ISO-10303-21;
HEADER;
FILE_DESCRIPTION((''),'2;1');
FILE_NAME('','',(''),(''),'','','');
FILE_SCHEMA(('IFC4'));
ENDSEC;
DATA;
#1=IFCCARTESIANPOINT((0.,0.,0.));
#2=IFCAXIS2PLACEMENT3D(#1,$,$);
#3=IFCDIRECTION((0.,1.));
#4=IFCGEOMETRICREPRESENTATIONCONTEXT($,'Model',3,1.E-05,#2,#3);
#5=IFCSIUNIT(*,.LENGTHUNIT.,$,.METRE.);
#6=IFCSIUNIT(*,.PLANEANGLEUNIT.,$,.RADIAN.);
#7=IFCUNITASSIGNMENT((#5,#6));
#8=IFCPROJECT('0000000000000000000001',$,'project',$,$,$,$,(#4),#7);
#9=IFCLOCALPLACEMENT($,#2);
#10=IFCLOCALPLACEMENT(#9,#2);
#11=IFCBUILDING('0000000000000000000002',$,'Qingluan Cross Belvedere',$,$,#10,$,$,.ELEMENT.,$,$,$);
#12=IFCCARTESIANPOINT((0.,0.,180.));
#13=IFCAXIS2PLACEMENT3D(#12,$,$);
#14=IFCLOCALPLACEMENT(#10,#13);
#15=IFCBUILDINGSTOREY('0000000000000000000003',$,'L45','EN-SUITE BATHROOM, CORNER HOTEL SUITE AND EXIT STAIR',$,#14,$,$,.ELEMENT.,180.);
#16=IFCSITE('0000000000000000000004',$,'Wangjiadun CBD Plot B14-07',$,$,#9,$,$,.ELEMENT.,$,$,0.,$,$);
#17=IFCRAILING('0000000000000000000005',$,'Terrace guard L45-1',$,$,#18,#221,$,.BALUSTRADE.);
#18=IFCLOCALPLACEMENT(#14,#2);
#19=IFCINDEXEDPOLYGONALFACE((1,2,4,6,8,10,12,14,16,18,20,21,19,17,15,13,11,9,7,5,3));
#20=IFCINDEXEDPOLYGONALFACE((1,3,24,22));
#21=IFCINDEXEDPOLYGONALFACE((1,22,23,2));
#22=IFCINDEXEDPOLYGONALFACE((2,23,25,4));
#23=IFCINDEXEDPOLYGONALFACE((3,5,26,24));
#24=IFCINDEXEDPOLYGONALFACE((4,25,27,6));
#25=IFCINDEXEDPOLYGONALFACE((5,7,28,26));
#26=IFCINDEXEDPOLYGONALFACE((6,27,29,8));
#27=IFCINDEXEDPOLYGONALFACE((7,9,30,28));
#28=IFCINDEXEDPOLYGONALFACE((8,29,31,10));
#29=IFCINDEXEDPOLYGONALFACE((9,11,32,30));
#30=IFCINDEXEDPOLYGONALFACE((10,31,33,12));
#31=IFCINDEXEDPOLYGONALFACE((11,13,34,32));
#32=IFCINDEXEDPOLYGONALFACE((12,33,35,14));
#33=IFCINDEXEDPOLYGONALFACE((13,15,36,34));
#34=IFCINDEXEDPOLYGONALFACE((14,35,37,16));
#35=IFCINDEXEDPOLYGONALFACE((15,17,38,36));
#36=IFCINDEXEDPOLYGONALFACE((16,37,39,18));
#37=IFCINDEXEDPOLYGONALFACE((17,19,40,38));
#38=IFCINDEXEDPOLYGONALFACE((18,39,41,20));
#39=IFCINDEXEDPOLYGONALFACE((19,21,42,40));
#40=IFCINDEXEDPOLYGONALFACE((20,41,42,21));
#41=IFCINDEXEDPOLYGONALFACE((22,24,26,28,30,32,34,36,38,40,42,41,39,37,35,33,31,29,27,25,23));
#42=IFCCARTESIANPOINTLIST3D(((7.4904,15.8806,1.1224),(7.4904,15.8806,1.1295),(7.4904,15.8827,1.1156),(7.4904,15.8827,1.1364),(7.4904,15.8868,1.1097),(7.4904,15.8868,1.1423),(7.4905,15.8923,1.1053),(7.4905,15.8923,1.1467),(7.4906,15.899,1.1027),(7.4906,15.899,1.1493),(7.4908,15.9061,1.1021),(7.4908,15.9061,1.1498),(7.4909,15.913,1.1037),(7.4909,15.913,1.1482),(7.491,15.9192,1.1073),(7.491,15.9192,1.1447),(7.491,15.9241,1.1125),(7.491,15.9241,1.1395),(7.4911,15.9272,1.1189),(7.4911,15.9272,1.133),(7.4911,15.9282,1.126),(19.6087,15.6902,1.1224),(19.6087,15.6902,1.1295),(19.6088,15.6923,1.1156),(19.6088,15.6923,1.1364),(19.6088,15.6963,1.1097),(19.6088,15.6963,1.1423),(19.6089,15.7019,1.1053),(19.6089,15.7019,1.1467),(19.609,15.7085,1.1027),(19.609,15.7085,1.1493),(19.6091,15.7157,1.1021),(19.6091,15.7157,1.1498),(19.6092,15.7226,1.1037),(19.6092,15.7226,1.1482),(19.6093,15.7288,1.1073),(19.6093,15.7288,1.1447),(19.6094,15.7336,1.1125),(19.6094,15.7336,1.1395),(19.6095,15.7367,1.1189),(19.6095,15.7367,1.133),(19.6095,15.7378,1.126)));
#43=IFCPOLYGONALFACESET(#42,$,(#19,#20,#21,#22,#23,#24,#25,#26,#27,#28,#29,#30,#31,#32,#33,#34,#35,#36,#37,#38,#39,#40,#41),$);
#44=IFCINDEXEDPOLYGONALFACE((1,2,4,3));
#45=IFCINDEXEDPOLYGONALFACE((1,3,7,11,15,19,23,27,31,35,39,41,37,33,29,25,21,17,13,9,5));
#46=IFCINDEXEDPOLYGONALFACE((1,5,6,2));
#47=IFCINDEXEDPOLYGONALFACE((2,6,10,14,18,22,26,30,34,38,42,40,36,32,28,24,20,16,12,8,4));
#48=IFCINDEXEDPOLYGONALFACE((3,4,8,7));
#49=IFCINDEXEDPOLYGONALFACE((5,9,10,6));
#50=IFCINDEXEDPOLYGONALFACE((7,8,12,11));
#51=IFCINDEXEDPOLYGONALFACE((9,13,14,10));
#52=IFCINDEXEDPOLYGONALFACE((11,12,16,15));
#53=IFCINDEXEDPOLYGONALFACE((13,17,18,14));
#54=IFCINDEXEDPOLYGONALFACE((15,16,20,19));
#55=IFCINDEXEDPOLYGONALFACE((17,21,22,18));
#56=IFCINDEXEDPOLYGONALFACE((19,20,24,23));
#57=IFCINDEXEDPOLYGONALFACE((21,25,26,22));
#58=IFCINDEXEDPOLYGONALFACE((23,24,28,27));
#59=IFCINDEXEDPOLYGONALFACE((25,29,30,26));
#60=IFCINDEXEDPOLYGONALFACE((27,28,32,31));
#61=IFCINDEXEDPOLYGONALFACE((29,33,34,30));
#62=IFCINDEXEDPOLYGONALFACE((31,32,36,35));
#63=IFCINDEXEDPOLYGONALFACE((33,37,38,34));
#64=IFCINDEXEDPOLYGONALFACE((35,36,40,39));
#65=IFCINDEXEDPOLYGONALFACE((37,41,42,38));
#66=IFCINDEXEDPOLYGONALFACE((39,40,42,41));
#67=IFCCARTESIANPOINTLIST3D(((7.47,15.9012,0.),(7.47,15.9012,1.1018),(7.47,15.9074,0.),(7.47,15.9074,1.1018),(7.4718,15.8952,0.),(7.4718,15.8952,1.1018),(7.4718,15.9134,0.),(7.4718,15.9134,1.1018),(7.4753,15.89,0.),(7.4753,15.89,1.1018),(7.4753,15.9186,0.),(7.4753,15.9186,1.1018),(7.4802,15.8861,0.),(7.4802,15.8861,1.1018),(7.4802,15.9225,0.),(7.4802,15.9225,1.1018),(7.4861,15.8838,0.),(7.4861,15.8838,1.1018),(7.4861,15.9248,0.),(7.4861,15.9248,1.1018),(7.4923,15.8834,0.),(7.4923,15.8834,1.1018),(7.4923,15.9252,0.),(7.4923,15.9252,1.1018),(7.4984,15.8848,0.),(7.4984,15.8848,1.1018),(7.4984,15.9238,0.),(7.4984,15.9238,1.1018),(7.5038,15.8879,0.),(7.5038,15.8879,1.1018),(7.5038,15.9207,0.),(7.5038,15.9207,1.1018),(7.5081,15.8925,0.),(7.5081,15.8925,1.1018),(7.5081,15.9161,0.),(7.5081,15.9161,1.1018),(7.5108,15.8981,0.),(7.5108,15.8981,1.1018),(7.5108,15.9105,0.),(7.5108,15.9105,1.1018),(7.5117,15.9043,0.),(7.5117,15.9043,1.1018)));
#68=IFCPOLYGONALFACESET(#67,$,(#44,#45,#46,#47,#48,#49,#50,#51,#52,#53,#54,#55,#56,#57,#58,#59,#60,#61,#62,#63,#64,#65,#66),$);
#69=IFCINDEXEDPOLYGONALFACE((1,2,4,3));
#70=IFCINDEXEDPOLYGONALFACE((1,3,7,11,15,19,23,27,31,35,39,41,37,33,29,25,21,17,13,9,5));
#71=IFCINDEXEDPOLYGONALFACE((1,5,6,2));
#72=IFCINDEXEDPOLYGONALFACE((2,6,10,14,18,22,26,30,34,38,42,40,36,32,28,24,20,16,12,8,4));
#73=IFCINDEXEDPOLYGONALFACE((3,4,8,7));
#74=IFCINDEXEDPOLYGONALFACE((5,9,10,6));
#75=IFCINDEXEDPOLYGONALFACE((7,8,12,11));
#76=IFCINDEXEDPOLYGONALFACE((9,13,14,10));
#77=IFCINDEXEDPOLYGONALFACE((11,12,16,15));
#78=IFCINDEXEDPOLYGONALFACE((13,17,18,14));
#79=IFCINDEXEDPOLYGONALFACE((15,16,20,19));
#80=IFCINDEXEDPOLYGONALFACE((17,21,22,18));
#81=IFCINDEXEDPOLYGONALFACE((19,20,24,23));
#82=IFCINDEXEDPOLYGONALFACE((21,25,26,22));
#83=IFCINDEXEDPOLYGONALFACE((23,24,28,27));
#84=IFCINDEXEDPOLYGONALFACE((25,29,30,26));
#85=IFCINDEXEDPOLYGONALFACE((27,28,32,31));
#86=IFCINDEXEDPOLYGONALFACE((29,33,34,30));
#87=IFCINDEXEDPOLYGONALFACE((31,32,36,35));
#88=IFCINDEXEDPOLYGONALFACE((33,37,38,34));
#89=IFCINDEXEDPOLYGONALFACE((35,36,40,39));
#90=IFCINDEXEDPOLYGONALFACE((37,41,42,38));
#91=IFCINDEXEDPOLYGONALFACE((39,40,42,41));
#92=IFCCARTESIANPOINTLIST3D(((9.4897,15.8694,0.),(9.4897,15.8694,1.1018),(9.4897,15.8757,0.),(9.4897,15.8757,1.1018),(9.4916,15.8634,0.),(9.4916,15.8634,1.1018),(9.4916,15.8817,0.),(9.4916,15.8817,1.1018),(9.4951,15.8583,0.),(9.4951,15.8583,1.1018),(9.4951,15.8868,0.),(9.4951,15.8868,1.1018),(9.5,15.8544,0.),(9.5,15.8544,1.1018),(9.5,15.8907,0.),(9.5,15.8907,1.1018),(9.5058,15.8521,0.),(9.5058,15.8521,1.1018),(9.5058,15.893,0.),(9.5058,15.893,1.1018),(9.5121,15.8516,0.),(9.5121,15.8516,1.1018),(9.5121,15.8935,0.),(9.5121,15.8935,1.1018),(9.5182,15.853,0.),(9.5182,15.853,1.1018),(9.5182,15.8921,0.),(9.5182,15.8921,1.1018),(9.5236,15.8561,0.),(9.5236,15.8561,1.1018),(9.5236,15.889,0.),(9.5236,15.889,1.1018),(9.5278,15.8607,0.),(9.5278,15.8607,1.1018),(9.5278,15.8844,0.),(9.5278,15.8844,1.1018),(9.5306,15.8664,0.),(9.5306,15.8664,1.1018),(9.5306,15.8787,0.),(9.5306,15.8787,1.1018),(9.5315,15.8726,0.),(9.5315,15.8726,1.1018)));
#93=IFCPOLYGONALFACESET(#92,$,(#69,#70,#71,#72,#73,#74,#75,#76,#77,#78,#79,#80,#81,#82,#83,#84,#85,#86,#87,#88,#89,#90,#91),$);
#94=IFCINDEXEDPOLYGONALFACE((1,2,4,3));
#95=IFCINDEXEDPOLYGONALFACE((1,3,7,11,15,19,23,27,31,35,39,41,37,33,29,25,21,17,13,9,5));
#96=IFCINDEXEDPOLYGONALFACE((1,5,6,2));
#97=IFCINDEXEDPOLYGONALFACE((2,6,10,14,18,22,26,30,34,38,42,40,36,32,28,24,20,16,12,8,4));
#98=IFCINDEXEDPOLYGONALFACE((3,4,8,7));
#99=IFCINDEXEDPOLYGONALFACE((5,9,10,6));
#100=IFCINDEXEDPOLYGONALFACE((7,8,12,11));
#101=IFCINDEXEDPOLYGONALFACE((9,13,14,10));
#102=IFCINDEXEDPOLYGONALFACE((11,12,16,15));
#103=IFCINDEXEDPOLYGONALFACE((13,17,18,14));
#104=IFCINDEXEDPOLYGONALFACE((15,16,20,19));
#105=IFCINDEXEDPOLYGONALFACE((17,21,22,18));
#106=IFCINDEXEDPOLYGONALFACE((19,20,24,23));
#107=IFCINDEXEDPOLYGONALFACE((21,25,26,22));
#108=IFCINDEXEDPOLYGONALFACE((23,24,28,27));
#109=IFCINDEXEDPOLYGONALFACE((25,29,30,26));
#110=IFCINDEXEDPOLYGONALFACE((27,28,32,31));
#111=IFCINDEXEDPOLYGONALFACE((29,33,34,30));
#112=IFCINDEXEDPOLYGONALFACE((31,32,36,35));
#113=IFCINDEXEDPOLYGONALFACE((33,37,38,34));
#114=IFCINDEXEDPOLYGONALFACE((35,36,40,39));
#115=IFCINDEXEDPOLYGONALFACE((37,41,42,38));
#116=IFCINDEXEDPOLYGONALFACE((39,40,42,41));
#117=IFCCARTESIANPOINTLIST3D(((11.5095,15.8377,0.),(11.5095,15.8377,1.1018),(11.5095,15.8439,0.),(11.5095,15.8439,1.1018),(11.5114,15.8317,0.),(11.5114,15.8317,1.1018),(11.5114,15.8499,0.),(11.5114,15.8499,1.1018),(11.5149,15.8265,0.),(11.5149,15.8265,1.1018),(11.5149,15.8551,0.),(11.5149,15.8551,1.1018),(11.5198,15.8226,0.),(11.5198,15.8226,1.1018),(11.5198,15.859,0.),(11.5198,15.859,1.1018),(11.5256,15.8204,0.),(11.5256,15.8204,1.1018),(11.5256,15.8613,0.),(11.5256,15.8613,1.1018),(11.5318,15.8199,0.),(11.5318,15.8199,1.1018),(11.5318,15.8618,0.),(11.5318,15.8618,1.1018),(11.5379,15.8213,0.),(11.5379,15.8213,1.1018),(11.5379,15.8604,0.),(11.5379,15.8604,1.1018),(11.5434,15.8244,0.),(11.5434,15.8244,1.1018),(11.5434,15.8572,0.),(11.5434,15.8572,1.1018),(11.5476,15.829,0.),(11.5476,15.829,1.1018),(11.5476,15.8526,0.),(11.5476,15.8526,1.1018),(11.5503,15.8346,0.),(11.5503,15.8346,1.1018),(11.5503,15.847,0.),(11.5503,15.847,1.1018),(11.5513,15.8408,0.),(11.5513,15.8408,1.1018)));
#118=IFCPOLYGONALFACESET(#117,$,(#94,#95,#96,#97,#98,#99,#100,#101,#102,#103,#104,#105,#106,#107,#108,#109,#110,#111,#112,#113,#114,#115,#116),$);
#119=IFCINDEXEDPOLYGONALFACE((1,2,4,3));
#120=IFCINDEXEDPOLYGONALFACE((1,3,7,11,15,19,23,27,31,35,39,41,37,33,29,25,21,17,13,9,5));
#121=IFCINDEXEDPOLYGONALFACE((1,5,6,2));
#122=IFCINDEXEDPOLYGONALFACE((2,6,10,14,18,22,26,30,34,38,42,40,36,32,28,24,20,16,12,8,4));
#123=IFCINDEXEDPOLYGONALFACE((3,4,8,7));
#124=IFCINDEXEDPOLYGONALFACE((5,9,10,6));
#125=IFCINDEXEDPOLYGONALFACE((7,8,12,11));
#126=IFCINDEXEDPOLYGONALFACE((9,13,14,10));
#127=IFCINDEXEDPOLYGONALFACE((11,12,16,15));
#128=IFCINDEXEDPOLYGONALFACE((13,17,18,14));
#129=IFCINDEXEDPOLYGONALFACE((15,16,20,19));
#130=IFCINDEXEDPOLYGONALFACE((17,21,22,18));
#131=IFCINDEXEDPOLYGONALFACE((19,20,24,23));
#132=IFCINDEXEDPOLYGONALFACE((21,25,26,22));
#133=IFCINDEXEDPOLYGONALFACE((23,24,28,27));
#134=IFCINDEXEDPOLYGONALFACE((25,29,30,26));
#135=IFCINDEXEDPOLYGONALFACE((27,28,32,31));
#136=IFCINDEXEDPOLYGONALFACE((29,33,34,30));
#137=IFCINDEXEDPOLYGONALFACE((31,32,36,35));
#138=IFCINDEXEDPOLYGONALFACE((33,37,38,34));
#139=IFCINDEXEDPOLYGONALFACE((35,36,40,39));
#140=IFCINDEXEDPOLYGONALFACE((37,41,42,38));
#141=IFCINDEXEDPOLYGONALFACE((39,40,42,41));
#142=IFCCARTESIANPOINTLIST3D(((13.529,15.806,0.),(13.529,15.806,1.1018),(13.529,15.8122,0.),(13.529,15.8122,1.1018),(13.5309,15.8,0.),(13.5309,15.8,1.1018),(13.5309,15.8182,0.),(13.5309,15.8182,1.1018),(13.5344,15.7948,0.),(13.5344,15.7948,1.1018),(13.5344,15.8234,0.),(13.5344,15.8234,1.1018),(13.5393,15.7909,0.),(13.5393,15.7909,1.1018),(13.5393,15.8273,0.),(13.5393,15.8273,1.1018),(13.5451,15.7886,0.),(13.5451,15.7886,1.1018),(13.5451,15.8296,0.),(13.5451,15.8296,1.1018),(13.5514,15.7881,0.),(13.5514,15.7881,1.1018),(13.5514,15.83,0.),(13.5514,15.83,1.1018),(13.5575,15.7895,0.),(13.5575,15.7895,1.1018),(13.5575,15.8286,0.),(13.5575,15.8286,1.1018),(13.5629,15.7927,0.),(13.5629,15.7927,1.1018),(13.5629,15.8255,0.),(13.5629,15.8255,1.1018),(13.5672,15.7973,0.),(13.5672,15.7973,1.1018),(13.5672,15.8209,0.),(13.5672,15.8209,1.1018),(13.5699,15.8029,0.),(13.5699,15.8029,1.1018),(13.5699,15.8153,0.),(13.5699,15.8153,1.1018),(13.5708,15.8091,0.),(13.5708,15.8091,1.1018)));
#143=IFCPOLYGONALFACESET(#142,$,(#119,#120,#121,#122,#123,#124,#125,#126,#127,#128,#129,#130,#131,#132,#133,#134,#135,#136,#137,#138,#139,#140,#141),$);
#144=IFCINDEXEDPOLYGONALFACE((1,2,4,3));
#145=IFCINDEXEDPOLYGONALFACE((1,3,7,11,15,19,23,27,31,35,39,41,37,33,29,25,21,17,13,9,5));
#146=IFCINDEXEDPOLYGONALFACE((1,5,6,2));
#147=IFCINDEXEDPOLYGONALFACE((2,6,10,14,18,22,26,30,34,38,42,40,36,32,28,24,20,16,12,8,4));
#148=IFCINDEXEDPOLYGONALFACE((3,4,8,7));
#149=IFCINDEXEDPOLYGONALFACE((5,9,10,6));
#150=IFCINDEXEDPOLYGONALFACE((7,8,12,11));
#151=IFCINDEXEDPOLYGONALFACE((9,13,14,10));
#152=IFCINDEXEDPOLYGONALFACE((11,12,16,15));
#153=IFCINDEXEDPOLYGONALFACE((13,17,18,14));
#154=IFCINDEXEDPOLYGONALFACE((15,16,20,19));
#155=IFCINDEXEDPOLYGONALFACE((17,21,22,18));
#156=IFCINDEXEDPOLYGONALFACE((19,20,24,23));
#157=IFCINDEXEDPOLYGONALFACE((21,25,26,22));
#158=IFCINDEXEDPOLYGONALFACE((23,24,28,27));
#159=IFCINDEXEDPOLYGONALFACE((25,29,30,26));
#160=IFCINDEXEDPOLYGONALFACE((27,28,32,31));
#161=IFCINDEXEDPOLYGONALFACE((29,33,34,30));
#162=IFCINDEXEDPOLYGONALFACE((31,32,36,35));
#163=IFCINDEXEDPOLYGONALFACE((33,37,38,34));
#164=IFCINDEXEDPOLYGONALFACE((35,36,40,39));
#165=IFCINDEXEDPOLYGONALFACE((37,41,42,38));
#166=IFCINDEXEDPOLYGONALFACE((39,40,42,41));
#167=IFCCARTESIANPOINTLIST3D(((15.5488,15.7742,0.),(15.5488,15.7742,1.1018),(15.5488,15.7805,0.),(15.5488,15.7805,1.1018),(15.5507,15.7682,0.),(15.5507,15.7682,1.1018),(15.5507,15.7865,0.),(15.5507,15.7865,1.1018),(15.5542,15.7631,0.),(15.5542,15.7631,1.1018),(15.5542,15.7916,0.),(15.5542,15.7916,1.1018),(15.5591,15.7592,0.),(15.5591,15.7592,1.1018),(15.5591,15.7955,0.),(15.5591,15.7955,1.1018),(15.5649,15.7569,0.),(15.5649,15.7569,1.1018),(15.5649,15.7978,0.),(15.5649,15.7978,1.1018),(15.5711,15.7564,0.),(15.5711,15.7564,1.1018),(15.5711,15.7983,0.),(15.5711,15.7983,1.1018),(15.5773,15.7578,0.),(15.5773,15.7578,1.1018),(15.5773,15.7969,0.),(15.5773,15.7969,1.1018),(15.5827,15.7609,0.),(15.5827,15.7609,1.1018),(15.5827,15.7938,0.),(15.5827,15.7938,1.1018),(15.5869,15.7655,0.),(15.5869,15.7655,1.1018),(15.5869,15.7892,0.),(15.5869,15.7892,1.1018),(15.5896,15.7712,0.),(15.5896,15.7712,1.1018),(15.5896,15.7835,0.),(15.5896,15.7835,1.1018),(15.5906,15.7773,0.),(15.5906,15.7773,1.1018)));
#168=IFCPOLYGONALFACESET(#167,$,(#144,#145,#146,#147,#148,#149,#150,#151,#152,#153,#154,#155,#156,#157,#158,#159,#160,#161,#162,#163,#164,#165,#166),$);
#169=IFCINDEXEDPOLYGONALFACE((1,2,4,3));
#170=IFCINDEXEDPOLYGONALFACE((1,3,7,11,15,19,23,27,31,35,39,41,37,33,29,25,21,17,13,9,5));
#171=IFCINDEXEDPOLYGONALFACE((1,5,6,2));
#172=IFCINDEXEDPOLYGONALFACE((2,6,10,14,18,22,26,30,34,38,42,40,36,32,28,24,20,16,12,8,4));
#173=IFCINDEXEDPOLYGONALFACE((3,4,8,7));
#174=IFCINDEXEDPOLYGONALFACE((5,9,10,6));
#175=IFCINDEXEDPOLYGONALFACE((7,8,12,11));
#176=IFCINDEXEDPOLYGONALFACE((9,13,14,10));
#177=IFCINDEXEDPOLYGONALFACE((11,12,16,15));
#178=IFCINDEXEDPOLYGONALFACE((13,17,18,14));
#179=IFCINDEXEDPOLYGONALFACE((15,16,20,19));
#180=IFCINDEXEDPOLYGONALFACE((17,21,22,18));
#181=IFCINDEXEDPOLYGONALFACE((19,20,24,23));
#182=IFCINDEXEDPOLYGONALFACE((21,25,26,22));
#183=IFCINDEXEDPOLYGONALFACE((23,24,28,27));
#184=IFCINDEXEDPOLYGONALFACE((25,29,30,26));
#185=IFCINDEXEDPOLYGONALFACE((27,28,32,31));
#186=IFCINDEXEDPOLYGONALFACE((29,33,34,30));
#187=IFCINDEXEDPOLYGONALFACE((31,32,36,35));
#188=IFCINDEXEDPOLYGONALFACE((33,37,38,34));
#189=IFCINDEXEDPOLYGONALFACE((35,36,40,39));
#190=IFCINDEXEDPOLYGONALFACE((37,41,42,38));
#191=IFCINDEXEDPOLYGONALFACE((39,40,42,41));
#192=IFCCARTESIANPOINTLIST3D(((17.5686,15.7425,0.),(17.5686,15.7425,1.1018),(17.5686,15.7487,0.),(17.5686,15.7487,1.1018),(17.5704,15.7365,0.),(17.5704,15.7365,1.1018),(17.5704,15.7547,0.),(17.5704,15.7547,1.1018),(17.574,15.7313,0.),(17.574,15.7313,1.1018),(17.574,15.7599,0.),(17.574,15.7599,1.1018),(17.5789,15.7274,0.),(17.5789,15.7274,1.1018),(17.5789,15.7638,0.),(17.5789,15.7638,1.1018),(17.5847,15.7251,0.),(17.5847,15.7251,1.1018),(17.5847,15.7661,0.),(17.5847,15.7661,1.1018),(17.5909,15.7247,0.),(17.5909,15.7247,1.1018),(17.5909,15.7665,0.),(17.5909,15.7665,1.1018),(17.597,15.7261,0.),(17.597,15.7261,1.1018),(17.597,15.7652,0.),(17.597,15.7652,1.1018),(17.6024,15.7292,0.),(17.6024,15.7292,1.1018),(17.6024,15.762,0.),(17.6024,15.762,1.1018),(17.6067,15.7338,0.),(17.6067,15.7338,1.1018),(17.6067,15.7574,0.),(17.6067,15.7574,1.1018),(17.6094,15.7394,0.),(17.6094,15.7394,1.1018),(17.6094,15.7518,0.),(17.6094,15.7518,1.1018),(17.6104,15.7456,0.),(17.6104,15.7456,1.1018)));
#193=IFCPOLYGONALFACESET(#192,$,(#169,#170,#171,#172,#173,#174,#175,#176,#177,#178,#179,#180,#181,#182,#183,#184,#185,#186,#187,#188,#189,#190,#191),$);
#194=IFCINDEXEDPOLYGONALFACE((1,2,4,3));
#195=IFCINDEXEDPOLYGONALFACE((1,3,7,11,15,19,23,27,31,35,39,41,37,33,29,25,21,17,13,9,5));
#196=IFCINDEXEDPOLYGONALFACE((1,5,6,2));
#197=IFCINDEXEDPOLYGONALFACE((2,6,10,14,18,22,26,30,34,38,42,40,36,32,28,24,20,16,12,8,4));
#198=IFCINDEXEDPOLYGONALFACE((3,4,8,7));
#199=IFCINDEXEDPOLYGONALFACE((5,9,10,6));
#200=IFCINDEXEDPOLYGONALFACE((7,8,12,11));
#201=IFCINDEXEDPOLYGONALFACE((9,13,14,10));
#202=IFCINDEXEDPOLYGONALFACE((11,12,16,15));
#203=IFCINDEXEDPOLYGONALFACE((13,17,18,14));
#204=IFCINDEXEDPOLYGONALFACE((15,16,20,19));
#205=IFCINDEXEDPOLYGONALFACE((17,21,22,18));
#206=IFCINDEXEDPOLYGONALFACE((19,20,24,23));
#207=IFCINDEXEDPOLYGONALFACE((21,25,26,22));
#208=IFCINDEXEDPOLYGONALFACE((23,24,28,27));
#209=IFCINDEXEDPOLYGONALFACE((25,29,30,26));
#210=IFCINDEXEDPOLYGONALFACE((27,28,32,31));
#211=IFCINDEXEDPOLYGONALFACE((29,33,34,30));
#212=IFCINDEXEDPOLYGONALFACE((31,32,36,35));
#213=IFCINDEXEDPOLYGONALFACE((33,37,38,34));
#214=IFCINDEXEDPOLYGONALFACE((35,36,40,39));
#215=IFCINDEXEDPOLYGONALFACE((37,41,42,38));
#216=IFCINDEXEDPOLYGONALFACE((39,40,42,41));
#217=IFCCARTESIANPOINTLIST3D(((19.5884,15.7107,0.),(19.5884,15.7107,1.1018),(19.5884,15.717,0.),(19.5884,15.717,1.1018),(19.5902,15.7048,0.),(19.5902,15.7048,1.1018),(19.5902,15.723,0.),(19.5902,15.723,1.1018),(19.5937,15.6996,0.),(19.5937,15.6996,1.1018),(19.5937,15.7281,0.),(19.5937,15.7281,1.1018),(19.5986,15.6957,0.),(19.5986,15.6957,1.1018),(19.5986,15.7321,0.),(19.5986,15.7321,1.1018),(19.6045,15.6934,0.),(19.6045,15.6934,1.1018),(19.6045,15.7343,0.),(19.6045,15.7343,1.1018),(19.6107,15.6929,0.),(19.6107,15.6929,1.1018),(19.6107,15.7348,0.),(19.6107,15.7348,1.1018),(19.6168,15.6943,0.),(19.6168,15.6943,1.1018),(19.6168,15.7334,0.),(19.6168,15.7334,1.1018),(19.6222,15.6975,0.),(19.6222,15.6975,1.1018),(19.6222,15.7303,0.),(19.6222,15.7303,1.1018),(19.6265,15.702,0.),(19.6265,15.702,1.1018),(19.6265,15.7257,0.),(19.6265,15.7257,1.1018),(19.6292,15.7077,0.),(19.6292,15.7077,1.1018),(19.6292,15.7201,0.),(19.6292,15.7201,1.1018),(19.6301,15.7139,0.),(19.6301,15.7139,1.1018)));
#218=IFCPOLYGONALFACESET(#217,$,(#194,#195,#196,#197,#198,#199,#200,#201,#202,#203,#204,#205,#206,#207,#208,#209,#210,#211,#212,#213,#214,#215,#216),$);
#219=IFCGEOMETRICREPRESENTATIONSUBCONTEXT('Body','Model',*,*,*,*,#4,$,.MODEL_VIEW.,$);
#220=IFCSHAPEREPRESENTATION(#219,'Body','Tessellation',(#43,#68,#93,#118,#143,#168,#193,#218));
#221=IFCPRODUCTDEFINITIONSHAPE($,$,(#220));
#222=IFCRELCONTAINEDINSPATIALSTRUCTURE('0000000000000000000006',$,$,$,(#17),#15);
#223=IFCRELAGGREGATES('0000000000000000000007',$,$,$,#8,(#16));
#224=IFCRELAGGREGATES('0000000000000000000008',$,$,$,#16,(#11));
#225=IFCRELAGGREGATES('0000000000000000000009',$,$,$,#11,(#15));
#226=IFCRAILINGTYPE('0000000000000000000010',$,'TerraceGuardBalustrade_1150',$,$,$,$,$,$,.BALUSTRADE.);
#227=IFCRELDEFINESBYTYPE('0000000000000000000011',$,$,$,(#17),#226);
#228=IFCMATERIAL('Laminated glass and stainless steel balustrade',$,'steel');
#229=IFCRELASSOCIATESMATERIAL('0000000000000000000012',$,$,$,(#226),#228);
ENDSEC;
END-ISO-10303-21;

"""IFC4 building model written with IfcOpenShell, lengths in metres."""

from ifc_helpers import new_model, si_unit, direction, frame, origin, origin_2d, place, context, subcontext, project, spatial, circle, extrude, material, type_object, element, save


model = new_model("IFC4")

# Units and contexts
model_context = context("Model", 3, precision=1e-05, world=origin(), true_north=direction((0.0, 1.0)))
body_context = subcontext(model_context, "Body", "Model", "MODEL_VIEW")
ifc_project = project(units=[si_unit("LENGTHUNIT", "METRE"), si_unit("PLANEANGLEUNIT", "RADIAN")], contexts=[model_context])

# Site, building, storey
site_placement = place(None, origin())
site = spatial("IfcSite", under=ifc_project, at=site_placement, Name="Wangjiadun CBD Plot B14-07", CompositionType="ELEMENT", RefElevation=0.0)
building_placement = place(site_placement, origin())
building = spatial("IfcBuilding", under=site, at=building_placement, Name="Qingluan Cross Belvedere", CompositionType="ELEMENT")
storey_placement = place(building_placement, frame((0.0, 0.0, 180.0)))
storey = spatial("IfcBuildingStorey", under=building, at=storey_placement, Name="L45", Description="EN-SUITE BATHROOM, CORNER HOTEL SUITE AND EXIT STAIR", CompositionType="ELEMENT", Elevation=180.0)

# Railing
ifc_material_1 = material(Name="Laminated glass and stainless steel balustrade", Category="steel")
railing_type = type_object("IfcRailingType", Name="TerraceGuardBalustrade_1150", PredefinedType="BALUSTRADE", material=ifc_material_1)
railing_1_placement = place(storey_placement, frame((7.4907, 15.9043, 0.0)))
element("IfcRailing", 1, at=railing_1_placement, inside=storey, type_object=railing_type, Name="Terrace guard L45-1", PredefinedType="BALUSTRADE", context=body_context, shape_type="SweptSolid", body=[
    extrude(circle(Radius=0.0239, at=origin_2d()), frame((0.0, 0.0, 1.126), z_axis=(0.999877, -0.015712, 0.0), x_axis=(0.015712, 0.999877, 0.0)), (0.0, 0.0, 1.0), 12.1199),
    extrude(circle(Radius=0.021, at=origin_2d()), origin(), (0.0, 0.0, 1.0), 1.1018),
    extrude(circle(Radius=0.021, at=origin_2d()), frame((2.0198, -0.0317, 0.0)), (0.0, 0.0, 1.0), 1.1018),
    extrude(circle(Radius=0.021, at=origin_2d()), frame((4.0396, -0.0635, 0.0)), (0.0, 0.0, 1.0), 1.1018),
    extrude(circle(Radius=0.021, at=origin_2d()), frame((6.0591, -0.0952, 0.0)), (0.0, 0.0, 1.0), 1.1018),
    extrude(circle(Radius=0.021, at=origin_2d()), frame((8.0789, -0.127, 0.0)), (0.0, 0.0, 1.0), 1.1018),
    extrude(circle(Radius=0.021, at=origin_2d()), frame((10.0986, -0.1587, 0.0)), (0.0, 0.0, 1.0), 1.1018),
    extrude(circle(Radius=0.021, at=origin_2d()), frame((12.1184, -0.1904, 0.0)), (0.0, 0.0, 1.0), 1.1018),
])

save(model, "model.ifc")
